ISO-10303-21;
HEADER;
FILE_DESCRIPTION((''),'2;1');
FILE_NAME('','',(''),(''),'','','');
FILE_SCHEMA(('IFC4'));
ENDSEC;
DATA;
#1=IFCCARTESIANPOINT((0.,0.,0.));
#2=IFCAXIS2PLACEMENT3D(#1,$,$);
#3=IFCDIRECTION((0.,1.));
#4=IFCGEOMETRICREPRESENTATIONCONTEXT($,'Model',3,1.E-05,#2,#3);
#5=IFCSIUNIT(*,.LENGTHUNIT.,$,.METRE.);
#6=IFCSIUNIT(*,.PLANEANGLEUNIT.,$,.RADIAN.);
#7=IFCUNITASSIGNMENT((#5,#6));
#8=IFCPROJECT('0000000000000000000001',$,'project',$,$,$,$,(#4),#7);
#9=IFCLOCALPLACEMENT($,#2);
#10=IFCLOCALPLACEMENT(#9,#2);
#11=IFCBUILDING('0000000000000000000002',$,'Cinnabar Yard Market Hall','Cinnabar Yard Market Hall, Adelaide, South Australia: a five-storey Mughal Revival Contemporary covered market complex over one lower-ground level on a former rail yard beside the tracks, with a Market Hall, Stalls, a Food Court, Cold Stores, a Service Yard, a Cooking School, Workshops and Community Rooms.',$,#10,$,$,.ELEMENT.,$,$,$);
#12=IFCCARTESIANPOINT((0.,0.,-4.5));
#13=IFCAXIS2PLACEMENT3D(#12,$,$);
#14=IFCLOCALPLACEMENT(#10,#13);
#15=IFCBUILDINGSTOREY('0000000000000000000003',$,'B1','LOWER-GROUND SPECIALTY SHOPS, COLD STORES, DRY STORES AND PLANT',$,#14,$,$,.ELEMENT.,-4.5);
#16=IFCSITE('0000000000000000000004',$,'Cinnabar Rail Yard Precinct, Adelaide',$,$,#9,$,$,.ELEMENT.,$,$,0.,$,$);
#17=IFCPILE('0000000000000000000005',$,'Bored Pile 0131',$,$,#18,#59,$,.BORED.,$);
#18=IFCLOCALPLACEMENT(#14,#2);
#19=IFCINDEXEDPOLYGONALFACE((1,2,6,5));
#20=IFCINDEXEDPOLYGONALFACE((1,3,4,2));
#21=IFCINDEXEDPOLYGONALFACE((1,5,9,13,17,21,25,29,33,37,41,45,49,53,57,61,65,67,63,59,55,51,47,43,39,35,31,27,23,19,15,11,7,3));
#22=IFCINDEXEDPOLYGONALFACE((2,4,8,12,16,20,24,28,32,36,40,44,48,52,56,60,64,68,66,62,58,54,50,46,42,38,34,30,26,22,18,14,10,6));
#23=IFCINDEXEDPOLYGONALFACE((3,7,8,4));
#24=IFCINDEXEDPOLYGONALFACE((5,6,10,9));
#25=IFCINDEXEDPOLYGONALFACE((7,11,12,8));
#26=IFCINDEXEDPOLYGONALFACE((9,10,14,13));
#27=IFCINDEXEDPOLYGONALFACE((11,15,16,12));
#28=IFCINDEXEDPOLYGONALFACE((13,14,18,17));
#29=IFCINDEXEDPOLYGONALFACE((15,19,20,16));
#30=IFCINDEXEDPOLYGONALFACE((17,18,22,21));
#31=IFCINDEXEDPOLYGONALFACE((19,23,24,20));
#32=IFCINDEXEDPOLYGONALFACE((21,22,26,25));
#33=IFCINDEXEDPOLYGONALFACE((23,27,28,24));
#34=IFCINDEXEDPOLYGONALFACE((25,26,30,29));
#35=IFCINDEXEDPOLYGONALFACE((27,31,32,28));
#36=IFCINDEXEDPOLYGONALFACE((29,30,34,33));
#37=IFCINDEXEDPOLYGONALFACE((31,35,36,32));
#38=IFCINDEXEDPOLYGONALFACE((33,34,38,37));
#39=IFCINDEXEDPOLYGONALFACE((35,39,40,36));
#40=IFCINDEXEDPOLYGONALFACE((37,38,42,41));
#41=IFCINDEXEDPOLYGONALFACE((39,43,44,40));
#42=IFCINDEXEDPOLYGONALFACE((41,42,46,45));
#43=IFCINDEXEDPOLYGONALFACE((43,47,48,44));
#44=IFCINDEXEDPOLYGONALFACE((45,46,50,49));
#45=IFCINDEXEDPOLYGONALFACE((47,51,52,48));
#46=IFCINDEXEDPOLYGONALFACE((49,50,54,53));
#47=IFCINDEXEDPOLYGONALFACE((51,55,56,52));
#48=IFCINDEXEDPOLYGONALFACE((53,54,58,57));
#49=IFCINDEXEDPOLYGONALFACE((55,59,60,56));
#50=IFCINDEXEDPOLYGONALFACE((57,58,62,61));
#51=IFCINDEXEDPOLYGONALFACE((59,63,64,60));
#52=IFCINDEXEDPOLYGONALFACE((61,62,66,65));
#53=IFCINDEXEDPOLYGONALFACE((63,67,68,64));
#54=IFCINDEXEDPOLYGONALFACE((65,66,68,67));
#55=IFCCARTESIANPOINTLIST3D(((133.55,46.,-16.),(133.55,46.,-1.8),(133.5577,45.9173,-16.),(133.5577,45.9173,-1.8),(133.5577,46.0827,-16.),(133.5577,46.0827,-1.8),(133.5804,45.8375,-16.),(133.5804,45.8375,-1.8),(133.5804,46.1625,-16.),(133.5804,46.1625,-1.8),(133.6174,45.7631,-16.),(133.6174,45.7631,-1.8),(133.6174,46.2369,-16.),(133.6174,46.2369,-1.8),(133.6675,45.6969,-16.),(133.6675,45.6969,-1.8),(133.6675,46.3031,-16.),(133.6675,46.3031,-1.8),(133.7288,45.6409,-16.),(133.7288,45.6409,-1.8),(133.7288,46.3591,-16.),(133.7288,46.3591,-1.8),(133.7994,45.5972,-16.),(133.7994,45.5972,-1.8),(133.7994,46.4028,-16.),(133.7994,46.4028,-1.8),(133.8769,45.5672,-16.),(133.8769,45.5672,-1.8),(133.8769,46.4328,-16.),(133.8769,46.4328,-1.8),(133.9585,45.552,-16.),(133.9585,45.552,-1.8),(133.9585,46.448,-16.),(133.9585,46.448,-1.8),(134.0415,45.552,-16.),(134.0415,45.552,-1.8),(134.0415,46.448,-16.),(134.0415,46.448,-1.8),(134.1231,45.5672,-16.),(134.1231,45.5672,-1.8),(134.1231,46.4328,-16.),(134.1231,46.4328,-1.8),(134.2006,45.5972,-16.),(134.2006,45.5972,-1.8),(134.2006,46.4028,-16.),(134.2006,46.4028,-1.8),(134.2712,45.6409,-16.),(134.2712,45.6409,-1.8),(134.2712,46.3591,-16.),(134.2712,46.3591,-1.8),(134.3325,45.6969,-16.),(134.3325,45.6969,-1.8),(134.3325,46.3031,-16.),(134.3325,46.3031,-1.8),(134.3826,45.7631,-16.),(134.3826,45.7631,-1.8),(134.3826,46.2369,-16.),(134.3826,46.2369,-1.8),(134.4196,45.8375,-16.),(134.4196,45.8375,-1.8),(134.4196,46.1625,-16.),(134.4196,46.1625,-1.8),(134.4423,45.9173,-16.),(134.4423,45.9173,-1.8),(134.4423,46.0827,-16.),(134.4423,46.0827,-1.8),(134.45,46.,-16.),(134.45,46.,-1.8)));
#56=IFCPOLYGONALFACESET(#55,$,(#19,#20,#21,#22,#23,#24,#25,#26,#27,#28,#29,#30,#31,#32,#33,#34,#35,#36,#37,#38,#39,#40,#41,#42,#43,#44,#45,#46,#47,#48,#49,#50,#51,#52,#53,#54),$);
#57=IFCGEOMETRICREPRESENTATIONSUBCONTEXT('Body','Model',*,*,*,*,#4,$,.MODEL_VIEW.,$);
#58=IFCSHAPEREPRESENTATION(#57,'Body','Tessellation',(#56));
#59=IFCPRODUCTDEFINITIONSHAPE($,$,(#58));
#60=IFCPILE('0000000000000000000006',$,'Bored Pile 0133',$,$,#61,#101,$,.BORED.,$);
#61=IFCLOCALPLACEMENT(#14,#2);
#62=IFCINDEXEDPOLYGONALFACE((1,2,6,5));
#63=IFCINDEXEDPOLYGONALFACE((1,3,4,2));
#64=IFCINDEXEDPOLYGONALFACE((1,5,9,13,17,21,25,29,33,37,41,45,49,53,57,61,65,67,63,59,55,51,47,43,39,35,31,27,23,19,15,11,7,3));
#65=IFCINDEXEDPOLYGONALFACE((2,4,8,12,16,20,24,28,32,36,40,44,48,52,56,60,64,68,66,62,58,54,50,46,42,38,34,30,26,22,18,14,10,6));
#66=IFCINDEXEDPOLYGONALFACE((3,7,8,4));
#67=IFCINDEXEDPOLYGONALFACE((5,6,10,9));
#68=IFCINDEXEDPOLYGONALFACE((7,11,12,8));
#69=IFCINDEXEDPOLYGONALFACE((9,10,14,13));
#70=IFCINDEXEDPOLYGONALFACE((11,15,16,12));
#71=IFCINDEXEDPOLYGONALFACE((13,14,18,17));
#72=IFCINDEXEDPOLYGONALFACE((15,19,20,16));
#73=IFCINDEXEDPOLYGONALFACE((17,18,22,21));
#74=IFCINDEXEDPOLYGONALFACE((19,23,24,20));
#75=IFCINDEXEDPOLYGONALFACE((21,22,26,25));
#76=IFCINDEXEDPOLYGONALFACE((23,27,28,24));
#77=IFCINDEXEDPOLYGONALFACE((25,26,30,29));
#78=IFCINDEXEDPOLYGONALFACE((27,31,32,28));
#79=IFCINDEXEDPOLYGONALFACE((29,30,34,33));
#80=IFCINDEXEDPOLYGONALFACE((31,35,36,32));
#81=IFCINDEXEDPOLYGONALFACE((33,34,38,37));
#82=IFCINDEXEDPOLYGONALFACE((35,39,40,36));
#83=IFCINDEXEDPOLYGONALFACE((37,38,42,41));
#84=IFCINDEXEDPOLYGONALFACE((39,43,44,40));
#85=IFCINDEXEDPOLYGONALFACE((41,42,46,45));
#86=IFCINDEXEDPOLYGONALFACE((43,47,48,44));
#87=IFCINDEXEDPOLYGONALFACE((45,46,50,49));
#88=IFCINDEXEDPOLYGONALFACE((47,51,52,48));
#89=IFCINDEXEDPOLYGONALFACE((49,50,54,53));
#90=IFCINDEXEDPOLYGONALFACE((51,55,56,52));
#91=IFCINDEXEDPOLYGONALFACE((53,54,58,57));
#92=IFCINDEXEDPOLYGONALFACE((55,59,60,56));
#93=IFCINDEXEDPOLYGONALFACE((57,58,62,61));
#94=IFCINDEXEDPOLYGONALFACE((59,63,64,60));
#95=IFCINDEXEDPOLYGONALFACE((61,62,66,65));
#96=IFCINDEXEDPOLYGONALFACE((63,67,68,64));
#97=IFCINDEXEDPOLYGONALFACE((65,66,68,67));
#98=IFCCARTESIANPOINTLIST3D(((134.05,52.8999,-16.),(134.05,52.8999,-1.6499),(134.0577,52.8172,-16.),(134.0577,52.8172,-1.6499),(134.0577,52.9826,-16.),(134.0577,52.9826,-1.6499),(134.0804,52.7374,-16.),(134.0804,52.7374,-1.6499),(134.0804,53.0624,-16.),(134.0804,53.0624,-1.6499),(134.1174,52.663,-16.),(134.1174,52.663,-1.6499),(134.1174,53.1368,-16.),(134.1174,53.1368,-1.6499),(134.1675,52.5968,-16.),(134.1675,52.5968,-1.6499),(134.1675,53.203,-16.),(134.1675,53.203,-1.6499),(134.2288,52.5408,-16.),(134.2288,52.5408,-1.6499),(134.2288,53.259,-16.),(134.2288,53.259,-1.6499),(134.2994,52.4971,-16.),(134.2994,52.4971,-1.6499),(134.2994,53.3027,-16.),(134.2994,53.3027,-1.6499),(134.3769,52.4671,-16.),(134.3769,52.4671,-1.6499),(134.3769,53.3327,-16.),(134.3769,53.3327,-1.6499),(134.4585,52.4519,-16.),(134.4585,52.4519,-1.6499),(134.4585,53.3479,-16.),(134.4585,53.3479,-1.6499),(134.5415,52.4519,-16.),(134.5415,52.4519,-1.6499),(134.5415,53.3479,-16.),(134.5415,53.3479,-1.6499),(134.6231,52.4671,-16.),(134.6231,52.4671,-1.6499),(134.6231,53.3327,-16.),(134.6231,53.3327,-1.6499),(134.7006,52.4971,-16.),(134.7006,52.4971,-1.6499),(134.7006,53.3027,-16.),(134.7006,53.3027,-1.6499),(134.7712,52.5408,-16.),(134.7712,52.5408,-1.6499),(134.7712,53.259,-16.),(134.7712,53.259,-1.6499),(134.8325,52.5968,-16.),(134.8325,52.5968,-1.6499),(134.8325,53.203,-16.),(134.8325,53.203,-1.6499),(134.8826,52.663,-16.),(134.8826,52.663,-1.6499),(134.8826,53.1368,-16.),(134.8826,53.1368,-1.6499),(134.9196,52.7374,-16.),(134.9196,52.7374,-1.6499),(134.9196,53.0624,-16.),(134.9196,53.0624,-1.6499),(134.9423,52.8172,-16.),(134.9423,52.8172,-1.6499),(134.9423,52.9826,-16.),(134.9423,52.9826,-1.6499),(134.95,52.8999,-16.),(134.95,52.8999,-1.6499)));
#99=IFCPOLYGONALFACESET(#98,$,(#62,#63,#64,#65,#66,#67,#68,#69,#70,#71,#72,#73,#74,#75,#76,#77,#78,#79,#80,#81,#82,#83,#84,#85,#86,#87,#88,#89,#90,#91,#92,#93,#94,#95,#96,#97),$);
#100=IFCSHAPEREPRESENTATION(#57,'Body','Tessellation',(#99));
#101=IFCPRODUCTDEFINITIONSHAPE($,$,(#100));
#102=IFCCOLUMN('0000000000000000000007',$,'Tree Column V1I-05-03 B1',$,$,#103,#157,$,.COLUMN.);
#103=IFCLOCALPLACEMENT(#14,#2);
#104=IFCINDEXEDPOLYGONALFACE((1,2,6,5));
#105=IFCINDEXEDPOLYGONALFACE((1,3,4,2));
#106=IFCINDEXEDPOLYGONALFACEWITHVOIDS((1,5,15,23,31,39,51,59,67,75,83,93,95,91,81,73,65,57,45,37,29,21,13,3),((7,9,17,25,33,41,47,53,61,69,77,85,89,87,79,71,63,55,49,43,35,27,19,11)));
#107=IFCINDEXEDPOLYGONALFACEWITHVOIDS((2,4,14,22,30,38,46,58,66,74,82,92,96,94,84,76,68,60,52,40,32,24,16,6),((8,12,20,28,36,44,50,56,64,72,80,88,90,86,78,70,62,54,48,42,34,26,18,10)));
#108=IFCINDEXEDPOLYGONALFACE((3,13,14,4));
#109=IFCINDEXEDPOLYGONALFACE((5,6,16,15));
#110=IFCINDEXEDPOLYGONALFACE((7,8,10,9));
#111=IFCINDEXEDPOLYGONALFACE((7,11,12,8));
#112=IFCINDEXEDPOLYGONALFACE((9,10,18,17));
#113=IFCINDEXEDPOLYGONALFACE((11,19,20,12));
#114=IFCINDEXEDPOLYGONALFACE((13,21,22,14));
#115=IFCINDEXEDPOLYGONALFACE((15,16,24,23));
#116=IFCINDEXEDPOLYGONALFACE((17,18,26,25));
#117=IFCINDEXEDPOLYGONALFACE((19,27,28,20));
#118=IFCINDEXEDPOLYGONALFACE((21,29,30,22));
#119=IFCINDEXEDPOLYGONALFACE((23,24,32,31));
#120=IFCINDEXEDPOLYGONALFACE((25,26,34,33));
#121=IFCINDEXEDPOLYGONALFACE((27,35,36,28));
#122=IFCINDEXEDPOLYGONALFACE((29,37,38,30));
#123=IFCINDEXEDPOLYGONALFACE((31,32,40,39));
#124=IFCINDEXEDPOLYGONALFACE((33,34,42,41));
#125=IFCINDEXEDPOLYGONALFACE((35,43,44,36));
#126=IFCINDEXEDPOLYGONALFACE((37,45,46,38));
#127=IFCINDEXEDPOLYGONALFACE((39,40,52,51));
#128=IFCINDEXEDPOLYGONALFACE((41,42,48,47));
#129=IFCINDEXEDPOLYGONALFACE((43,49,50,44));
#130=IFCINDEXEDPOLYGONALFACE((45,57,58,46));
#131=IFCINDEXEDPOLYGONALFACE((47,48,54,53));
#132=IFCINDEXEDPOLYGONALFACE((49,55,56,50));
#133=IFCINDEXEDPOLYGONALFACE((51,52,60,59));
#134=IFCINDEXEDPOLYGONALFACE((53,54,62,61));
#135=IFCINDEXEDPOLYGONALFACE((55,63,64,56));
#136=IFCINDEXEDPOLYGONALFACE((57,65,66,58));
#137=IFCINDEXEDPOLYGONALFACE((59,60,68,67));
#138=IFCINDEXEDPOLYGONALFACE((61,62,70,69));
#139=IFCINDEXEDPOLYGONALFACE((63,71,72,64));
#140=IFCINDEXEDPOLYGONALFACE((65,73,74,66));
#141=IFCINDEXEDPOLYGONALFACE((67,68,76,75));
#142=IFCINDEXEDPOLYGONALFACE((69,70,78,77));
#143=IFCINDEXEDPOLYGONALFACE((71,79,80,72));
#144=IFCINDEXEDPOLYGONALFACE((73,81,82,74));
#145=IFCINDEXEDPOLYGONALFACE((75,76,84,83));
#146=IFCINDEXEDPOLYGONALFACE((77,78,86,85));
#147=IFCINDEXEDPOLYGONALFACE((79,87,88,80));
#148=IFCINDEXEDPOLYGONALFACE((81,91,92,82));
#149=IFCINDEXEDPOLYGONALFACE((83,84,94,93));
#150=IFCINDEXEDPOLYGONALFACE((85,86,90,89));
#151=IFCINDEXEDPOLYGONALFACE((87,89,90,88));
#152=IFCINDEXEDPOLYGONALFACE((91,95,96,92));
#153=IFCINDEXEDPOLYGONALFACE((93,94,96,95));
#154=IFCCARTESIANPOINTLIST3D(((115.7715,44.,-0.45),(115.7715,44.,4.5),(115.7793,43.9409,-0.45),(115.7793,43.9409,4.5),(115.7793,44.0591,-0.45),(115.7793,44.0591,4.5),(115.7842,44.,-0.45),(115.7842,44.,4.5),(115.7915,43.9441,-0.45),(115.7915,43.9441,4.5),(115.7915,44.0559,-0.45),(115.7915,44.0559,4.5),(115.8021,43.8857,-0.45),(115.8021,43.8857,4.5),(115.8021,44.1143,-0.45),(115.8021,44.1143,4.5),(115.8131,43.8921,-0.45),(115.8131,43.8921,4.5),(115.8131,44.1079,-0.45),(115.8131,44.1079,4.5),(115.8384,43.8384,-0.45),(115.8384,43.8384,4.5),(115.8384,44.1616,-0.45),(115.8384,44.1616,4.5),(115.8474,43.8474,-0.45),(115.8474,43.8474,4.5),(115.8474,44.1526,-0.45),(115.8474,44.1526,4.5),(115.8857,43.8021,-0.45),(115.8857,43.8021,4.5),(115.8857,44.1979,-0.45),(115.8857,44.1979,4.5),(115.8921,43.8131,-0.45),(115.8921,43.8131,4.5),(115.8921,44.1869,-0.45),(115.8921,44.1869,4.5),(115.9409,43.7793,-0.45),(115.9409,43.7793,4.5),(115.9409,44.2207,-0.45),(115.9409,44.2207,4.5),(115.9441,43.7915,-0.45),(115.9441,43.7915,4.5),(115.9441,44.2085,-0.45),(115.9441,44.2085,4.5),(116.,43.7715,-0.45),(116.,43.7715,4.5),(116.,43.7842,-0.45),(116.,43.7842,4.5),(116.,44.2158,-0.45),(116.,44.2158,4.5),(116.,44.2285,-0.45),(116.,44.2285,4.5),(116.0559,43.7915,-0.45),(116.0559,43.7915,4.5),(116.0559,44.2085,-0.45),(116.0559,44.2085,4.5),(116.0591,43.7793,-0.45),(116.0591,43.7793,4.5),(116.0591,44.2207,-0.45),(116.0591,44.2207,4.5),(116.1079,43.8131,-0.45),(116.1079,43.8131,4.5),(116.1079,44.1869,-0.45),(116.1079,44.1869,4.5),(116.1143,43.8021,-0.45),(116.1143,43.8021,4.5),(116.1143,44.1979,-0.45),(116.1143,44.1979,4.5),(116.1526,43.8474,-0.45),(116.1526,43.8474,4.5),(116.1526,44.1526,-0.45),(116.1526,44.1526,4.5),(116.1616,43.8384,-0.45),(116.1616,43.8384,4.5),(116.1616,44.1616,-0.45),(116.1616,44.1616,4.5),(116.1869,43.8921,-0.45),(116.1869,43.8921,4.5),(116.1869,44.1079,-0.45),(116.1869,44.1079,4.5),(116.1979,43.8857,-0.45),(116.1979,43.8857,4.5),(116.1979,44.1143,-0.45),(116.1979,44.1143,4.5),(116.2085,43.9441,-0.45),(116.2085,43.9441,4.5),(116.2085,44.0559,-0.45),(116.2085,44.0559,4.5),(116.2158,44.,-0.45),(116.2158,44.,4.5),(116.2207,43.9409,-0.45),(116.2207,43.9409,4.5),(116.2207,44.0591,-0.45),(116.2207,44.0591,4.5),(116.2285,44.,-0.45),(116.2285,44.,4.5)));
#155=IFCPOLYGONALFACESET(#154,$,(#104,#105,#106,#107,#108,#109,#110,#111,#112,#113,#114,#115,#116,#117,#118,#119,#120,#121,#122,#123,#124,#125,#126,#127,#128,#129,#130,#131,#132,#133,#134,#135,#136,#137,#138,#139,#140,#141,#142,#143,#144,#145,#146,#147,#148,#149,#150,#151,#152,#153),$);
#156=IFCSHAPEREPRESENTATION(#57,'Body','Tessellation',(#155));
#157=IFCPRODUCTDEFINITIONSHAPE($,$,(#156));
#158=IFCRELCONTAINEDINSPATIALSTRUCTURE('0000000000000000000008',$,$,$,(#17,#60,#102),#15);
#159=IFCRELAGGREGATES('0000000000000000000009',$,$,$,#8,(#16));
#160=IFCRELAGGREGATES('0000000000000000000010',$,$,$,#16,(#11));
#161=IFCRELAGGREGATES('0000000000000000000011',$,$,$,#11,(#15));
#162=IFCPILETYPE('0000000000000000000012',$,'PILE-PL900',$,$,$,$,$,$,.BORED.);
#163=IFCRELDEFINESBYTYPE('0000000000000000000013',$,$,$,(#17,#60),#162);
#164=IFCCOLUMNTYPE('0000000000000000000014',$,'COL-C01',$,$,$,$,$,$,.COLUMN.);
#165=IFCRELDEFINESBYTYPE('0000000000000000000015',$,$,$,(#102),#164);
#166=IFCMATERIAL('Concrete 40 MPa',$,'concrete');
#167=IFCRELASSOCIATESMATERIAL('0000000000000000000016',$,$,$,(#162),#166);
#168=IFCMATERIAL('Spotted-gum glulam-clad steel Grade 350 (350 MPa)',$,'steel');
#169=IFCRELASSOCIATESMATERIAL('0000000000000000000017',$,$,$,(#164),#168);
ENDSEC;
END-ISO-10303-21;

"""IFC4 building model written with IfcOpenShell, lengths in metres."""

from ifc_helpers import new_model, si_unit, direction, frame, origin, origin_2d_with_axis, place, context, subcontext, project, spatial, circle, hollow_circle, extrude, material, material_profile, profile_set, type_object, element, save


model = new_model("IFC4")

# Units and contexts
model_context = context("Model", 3, precision=1e-05, world=origin(), true_north=direction((0.0, 1.0)))
body_context = subcontext(model_context, "Body", "Model", "MODEL_VIEW")
ifc_project = project(units=[si_unit("LENGTHUNIT", "METRE"), si_unit("PLANEANGLEUNIT", "RADIAN")], contexts=[model_context])

# Site, building, storey
site_placement = place(None, origin())
site = spatial("IfcSite", under=ifc_project, at=site_placement, Name="Cinnabar Rail Yard Precinct, Adelaide", CompositionType="ELEMENT", RefElevation=0.0)
building_placement = place(site_placement, origin())
building = spatial("IfcBuilding", under=site, at=building_placement, Name="Cinnabar Yard Market Hall", Description="Cinnabar Yard Market Hall, Adelaide, South Australia: a five-storey Mughal Revival Contemporary covered market complex over one lower-ground level on a former rail yard beside the tracks, with a Market Hall, Stalls, a Food Court, Cold Stores, a Service Yard, a Cooking School, Workshops and Community Rooms.", CompositionType="ELEMENT")
storey_placement = place(building_placement, frame((0.0, 0.0, -4.5)))
storey = spatial("IfcBuildingStorey", under=building, at=storey_placement, Name="B1", Description="LOWER-GROUND SPECIALTY SHOPS, COLD STORES, DRY STORES AND PLANT", CompositionType="ELEMENT", Elevation=-4.5)

# Shared definitions
ifc_material_1 = material(Name="Concrete 40 MPa", Category="concrete")

# Piles
ifc_material_profile_1 = material_profile(ifc_material_1, circle(Radius=0.45, at=origin_2d_with_axis()), Name="PILE-D900")
ifc_profile_set_1 = profile_set([ifc_material_profile_1], Name="Concrete 40 MPa")
pile_type = type_object("IfcPileType", Name="PILE-PL900", PredefinedType="BORED", material=ifc_profile_set_1)
for number, where, z_axis, x_axis, name in (
    (1, (134.0, 46.0, -1.8), (0.0, 0.0, -1.0), (1.0, 0.0, 0.0), "Bored Pile 0131"),
):
    element("IfcPile", number, at=place(storey_placement, frame(where, z_axis=z_axis, x_axis=x_axis)), inside=storey, type_object=pile_type, Name=name, PredefinedType="BORED", context=body_context, shape_type="SweptSolid", body=[
        extrude(circle(Radius=0.45, at=origin_2d_with_axis()), origin(), (0.0, 0.0, 1.0), 14.2),
    ])
pile_1_placement = place(storey_placement, frame((134.5, 52.8999, -1.6499), z_axis=(0.0, 0.0, -1.0), x_axis=(1.0, 0.0, 0.0)))
element("IfcPile", 2, at=pile_1_placement, inside=storey, type_object=pile_type, Name="Bored Pile 0133", PredefinedType="BORED", context=body_context, shape_type="SweptSolid", body=[
    extrude(circle(Radius=0.45, at=origin_2d_with_axis()), origin(), (0.0, 0.0, 1.0), 14.3501),
])

# Column
ifc_material_2 = material(Name="Spotted-gum glulam-clad steel Grade 350 (350 MPa)", Category="steel")
ifc_material_profile_2 = material_profile(ifc_material_2, hollow_circle(Radius=0.2285, WallThickness=0.0127, at=origin_2d_with_axis()), Name="457.0x12.7CHS")
ifc_profile_set_2 = profile_set([ifc_material_profile_2], Name="Spotted-gum glulam-clad steel Grade 350 (350 MPa)")
column_type = type_object("IfcColumnType", Name="COL-C01", PredefinedType="COLUMN", material=ifc_profile_set_2)
for number, where, z_axis, x_axis, name in (
    (3, (116.0, 44.0, -0.45), (0.0, 0.0, 1.0), (1.0, 0.0, 0.0), "Tree Column V1I-05-03 B1"),
):
    element("IfcColumn", number, at=place(storey_placement, frame(where, z_axis=z_axis, x_axis=x_axis)), inside=storey, type_object=column_type, Name=name, PredefinedType="COLUMN", context=body_context, shape_type="SweptSolid", body=[
        extrude(hollow_circle(Radius=0.2285, WallThickness=0.0127, at=origin_2d_with_axis()), origin(), (0.0, 0.0, 1.0), 4.95),
    ])

save(model, "model.ifc")
